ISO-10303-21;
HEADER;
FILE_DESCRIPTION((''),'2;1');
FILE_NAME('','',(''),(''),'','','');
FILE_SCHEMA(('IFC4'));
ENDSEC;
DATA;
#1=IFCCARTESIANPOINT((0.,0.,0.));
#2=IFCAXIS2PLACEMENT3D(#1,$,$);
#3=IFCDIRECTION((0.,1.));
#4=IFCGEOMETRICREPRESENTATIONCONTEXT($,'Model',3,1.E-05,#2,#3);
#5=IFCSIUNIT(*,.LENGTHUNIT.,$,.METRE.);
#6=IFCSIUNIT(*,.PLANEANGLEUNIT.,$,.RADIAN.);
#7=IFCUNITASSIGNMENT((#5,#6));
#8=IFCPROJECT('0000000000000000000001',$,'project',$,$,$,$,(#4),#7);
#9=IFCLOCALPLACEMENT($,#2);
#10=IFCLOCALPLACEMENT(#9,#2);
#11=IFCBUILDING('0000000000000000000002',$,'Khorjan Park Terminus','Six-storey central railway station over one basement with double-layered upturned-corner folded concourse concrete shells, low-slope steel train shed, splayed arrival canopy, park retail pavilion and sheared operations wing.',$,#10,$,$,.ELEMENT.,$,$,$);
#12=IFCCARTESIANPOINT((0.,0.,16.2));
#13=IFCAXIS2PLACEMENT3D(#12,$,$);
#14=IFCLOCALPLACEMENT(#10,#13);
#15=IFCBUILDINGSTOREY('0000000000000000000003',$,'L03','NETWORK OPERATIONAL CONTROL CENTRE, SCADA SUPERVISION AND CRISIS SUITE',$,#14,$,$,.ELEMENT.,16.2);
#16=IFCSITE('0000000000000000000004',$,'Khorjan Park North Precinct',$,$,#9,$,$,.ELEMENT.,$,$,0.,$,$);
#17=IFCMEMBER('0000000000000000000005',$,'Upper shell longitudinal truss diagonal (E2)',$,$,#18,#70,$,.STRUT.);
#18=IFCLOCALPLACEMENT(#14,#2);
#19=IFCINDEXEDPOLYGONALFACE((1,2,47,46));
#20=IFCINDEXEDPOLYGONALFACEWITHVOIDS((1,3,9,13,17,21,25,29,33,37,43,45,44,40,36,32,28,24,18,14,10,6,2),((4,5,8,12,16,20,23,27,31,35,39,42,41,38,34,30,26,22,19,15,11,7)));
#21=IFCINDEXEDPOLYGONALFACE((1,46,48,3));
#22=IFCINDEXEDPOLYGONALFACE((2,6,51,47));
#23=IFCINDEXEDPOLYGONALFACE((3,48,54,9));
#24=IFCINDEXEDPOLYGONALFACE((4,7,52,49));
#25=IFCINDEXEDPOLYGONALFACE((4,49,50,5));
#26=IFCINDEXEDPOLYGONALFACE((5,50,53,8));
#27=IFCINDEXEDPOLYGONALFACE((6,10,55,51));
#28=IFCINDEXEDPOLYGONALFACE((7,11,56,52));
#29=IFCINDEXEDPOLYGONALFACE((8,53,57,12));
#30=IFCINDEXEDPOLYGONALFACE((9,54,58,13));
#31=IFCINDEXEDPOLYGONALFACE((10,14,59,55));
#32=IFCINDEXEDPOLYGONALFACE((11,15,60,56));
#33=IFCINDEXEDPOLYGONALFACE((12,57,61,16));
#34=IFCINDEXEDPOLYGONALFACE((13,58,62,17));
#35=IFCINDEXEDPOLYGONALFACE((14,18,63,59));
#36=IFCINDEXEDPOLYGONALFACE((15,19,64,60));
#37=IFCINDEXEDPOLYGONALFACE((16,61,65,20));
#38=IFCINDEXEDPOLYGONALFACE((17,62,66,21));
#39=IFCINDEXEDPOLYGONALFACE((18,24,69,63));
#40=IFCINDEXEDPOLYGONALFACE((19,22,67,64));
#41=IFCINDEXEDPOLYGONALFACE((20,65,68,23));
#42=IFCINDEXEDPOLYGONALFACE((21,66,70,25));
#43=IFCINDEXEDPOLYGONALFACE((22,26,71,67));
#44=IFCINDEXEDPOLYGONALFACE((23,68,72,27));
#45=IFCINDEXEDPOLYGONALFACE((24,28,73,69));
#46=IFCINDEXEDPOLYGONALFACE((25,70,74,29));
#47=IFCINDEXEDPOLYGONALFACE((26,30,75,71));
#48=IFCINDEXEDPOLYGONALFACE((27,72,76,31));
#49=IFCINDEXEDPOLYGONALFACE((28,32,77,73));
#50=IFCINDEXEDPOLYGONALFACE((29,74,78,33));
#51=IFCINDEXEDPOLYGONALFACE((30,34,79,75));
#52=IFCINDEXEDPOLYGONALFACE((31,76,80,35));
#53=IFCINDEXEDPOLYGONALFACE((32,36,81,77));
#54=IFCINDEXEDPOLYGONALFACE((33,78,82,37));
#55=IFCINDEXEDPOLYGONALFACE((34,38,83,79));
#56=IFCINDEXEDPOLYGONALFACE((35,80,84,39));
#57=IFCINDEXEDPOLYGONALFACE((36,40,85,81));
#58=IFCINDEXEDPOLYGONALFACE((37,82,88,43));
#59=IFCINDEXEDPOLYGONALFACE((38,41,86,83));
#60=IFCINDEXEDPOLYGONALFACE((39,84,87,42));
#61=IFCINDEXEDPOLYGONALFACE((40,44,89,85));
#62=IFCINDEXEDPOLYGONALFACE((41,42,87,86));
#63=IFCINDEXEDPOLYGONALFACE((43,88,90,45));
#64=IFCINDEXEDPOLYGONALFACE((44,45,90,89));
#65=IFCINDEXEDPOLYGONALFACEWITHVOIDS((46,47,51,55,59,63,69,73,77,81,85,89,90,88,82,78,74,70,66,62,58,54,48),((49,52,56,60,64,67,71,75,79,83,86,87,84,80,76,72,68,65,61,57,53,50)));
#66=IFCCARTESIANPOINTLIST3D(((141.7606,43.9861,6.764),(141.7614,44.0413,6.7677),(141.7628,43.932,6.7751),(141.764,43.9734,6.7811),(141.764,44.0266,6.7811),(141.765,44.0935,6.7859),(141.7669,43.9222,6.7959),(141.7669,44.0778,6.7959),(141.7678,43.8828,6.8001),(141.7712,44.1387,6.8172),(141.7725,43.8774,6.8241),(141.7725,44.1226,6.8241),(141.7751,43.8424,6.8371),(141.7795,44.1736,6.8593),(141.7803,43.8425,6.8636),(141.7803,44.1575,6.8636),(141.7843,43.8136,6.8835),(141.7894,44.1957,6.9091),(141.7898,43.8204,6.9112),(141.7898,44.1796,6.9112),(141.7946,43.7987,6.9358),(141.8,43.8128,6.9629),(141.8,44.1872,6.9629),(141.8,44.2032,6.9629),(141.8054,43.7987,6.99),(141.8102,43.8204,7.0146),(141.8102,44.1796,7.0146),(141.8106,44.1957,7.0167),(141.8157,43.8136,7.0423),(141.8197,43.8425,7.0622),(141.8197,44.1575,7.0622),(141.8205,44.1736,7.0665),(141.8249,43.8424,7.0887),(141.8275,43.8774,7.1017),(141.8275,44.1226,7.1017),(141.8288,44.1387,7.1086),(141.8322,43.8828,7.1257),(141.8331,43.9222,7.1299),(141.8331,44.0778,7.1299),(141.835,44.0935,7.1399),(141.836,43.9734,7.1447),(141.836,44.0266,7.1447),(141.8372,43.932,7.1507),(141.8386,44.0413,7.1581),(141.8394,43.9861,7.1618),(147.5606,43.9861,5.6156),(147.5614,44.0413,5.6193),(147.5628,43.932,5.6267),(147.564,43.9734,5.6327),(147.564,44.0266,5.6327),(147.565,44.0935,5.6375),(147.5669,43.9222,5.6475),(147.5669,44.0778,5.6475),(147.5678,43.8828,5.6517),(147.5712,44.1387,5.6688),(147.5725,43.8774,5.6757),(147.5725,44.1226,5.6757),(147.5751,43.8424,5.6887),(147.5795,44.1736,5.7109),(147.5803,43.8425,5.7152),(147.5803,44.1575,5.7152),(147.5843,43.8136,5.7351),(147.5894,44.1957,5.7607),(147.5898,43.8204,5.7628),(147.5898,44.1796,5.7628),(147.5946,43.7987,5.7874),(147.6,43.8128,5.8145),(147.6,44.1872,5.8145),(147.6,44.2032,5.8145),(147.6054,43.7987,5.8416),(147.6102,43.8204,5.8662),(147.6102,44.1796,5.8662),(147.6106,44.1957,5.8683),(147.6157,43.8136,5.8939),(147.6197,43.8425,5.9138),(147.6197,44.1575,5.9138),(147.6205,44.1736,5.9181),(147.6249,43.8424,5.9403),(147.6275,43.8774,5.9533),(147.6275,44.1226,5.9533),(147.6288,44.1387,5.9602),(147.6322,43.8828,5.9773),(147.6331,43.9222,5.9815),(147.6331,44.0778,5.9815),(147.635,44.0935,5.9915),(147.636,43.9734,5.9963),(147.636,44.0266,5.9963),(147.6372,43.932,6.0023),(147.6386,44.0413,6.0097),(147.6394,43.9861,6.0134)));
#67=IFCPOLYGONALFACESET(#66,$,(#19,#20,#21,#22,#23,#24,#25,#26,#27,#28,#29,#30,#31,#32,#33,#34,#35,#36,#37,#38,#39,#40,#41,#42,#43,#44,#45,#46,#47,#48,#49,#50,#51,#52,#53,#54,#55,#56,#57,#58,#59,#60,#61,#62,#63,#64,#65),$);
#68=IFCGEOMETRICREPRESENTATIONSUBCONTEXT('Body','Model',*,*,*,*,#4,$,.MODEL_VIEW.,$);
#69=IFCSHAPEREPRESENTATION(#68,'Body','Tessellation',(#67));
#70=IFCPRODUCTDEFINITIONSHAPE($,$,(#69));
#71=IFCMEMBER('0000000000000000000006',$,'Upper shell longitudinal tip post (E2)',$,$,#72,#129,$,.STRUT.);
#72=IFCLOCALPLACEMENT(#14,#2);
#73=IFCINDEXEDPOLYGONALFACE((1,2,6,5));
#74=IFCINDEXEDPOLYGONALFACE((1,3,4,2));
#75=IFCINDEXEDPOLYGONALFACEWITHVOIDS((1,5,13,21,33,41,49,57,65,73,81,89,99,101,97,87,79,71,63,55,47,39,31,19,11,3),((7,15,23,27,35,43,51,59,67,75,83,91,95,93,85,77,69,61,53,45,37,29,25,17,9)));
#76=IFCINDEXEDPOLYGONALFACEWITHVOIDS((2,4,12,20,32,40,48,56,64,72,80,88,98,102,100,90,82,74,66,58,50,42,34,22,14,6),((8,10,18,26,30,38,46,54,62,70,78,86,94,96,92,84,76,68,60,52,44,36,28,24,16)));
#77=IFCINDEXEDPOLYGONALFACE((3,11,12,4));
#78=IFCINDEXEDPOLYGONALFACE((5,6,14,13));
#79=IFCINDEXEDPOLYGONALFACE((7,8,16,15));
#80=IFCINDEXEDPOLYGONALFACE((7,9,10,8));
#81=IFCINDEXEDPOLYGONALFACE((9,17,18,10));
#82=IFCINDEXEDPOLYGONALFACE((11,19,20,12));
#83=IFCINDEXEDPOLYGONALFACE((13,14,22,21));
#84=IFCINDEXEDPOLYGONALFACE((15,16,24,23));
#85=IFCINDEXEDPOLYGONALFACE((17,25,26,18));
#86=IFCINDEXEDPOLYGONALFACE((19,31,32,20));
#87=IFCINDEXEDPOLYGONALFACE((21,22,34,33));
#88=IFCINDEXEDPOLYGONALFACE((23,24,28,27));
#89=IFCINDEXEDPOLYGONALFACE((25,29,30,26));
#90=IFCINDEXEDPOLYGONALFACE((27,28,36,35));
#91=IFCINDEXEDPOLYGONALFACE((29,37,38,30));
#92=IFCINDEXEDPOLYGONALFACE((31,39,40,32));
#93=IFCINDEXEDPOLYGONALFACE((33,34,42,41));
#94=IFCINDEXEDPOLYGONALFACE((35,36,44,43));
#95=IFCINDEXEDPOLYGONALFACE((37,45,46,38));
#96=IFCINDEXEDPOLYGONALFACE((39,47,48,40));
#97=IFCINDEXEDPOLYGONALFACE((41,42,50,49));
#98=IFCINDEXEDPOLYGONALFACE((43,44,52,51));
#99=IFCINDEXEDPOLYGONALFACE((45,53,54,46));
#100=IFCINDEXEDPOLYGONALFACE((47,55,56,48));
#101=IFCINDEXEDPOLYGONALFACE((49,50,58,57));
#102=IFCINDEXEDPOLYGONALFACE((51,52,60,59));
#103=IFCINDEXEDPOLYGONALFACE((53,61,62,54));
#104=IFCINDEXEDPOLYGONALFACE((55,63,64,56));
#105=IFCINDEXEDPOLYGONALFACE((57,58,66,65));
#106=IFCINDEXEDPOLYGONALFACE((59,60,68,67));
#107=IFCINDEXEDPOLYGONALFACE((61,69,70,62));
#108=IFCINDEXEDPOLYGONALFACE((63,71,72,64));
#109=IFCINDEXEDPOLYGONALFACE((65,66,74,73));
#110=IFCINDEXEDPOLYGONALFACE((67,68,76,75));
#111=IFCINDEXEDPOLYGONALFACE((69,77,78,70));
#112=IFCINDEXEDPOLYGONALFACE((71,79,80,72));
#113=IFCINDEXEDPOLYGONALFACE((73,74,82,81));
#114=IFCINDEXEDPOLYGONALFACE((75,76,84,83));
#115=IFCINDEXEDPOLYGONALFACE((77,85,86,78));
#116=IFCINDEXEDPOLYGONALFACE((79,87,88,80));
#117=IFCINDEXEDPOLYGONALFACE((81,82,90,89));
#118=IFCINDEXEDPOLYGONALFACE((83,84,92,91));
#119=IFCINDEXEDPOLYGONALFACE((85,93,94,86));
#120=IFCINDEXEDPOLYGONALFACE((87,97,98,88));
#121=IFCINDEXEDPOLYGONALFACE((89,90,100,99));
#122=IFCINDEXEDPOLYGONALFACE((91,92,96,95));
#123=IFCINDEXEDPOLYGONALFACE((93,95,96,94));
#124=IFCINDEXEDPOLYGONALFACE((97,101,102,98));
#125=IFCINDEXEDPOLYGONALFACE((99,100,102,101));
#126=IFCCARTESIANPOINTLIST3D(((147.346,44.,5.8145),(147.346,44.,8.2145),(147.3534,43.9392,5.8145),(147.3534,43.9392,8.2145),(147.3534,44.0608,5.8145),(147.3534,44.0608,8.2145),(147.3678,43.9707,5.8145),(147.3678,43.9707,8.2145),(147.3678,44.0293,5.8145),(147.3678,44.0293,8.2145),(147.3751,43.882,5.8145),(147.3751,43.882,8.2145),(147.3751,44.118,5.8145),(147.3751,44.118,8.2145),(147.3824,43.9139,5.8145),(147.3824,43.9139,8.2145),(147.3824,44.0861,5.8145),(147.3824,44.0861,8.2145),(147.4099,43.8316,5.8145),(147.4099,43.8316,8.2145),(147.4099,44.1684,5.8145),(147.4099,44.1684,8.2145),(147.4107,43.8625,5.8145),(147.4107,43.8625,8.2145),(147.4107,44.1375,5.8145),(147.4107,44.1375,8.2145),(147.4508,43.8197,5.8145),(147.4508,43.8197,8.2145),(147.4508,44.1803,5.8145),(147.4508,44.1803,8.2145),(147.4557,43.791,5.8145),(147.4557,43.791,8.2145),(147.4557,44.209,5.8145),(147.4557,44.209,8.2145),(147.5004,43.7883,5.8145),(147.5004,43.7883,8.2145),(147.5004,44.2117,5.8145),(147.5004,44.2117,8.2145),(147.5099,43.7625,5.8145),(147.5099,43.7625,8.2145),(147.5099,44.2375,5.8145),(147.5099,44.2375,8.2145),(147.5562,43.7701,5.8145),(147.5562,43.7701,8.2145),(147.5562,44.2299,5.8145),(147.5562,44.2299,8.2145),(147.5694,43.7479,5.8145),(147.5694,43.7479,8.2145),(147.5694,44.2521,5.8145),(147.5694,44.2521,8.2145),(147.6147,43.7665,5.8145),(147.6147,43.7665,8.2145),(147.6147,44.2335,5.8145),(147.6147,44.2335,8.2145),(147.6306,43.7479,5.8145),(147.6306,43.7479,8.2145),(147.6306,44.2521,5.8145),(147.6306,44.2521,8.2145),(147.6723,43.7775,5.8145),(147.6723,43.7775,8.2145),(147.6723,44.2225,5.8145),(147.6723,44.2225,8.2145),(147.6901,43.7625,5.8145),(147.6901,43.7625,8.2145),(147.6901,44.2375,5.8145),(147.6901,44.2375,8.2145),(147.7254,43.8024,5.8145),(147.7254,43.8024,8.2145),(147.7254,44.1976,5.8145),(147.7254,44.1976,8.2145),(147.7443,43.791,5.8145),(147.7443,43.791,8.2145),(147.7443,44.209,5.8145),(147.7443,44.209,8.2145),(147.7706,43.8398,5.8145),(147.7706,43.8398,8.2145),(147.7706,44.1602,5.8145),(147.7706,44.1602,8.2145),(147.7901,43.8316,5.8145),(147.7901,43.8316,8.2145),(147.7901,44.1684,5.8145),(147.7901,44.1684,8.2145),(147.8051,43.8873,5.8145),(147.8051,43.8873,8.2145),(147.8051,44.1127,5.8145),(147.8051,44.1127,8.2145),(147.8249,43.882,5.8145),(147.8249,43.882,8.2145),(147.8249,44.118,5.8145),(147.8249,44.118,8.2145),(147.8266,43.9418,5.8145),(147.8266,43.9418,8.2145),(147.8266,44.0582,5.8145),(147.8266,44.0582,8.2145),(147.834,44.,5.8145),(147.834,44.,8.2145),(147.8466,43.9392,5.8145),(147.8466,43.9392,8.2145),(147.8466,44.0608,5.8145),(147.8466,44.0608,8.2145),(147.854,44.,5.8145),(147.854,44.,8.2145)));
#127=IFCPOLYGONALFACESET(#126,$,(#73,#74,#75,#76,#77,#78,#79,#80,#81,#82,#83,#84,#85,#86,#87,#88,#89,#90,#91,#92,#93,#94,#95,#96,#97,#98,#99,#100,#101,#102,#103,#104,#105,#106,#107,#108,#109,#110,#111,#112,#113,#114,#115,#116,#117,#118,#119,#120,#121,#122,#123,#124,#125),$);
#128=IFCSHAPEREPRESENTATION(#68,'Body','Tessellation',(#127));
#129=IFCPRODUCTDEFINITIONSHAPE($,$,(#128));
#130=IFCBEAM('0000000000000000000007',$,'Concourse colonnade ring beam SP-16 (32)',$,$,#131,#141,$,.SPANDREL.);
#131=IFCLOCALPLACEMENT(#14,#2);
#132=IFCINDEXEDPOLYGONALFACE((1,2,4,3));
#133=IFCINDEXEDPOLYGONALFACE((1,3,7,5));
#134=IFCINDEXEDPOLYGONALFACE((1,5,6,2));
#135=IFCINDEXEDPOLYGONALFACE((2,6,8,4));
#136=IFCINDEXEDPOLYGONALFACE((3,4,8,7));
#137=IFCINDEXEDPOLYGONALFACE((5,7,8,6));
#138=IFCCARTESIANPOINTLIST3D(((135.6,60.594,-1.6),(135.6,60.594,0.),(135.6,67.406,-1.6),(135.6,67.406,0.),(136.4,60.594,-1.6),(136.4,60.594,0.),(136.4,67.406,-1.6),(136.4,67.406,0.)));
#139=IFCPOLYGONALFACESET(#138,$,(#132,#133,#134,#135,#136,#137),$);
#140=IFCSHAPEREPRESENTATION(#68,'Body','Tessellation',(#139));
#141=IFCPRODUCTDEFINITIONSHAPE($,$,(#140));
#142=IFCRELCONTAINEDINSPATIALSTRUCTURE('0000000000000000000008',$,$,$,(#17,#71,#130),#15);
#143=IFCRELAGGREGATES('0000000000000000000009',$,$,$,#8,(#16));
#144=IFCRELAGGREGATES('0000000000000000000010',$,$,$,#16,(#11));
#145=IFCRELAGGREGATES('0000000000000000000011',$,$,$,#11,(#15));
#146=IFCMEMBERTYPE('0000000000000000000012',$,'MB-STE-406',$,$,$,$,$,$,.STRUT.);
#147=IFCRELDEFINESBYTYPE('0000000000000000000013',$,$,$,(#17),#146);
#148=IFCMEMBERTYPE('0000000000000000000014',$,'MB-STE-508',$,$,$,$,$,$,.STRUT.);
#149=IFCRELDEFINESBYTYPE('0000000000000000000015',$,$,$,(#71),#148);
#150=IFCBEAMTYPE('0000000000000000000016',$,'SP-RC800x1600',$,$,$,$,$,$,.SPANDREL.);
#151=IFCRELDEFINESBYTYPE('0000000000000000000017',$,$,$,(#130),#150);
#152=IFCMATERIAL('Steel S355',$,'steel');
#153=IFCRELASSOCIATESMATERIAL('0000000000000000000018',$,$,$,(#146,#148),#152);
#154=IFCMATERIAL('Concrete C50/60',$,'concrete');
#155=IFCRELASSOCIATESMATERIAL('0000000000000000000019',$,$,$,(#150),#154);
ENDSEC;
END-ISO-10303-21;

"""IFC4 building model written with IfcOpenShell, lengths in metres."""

from ifc_helpers import new_model, si_unit, direction, frame, origin, origin_2d, place, context, subcontext, project, spatial, rectangle, hollow_circle, extrude, material, material_profile, profile_set, type_object, element, save


model = new_model("IFC4")

# Units and contexts
model_context = context("Model", 3, precision=1e-05, world=origin(), true_north=direction((0.0, 1.0)))
body_context = subcontext(model_context, "Body", "Model", "MODEL_VIEW")
ifc_project = project(units=[si_unit("LENGTHUNIT", "METRE"), si_unit("PLANEANGLEUNIT", "RADIAN")], contexts=[model_context])

# Site, building, storey
site_placement = place(None, origin())
site = spatial("IfcSite", under=ifc_project, at=site_placement, Name="Khorjan Park North Precinct", CompositionType="ELEMENT", RefElevation=0.0)
building_placement = place(site_placement, origin())
building = spatial("IfcBuilding", under=site, at=building_placement, Name="Khorjan Park Terminus", Description="Six-storey central railway station over one basement with double-layered upturned-corner folded concourse concrete shells, low-slope steel train shed, splayed arrival canopy, park retail pavilion and sheared operations wing.", CompositionType="ELEMENT")
storey_placement = place(building_placement, frame((0.0, 0.0, 16.2)))
storey = spatial("IfcBuildingStorey", under=building, at=storey_placement, Name="L03", Description="NETWORK OPERATIONAL CONTROL CENTRE, SCADA SUPERVISION AND CRISIS SUITE", CompositionType="ELEMENT", Elevation=16.2)

# Shared definitions
ifc_material_1 = material(Name="Concrete C50/60", Category="concrete")

# Shared definitions
ifc_material_2 = material(Name="Steel S355", Category="steel")

# Members
ifc_material_profile_1 = material_profile(ifc_material_2, hollow_circle(Radius=0.2032, WallThickness=0.016, at=origin_2d()), Name="CHS 406.4x16")
ifc_profile_set_1 = profile_set([ifc_material_profile_1], Name="Steel S355")
member_type_1 = type_object("IfcMemberType", Name="MB-STE-406", PredefinedType="STRUT", material=ifc_profile_set_1)
member_1_placement = place(storey_placement, frame((141.8, 44.0, 6.9629), z_axis=(0.980956, 0.0, -0.194229), x_axis=(0.0, 1.0, 0.0)))
element("IfcMember", 1, at=member_1_placement, inside=storey, type_object=member_type_1, Name="Upper shell longitudinal truss diagonal (E2)", PredefinedType="STRUT", context=body_context, shape_type="SweptSolid", body=[
    extrude(hollow_circle(Radius=0.2032, WallThickness=0.016, at=origin_2d()), origin(), (0.0, 0.0, 1.0), 5.9126),
])
ifc_material_profile_2 = material_profile(ifc_material_2, hollow_circle(Radius=0.254, WallThickness=0.02, at=origin_2d()), Name="CHS 508x20")
ifc_profile_set_2 = profile_set([ifc_material_profile_2], Name="Steel S355")
member_type_2 = type_object("IfcMemberType", Name="MB-STE-508", PredefinedType="STRUT", material=ifc_profile_set_2)
member_2_placement = place(storey_placement, frame((147.6, 44.0, 5.8145), z_axis=(0.0, 0.0, 1.0), x_axis=(1.0, 0.0, 0.0)))
element("IfcMember", 2, at=member_2_placement, inside=storey, type_object=member_type_2, Name="Upper shell longitudinal tip post (E2)", PredefinedType="STRUT", context=body_context, shape_type="SweptSolid", body=[
    extrude(hollow_circle(Radius=0.254, WallThickness=0.02, at=origin_2d()), origin(), (0.0, 0.0, 1.0), 2.4),
])

# Beam
ifc_material_profile_3 = material_profile(ifc_material_1, rectangle(XDim=0.8, YDim=1.6, at=origin_2d()), Name="RC 800x1600")
ifc_profile_set_3 = profile_set([ifc_material_profile_3], Name="Concrete C50/60")
beam_type_1 = type_object("IfcBeamType", Name="SP-RC800x1600", PredefinedType="SPANDREL", material=ifc_profile_set_3)
beam_1_placement = place(storey_placement, frame((136.0, 60.594, -0.8), z_axis=(0.0, 1.0, 0.0), x_axis=(-1.0, 0.0, 0.0)))
element("IfcBeam", 3, at=beam_1_placement, inside=storey, type_object=beam_type_1, Name="Concourse colonnade ring beam SP-16 (32)", PredefinedType="SPANDREL", context=body_context, shape_type="SweptSolid", body=[
    extrude(rectangle(XDim=0.8, YDim=1.6, at=origin_2d()), origin(), (0.0, 0.0, 1.0), 6.812),
])

save(model, "model.ifc")
